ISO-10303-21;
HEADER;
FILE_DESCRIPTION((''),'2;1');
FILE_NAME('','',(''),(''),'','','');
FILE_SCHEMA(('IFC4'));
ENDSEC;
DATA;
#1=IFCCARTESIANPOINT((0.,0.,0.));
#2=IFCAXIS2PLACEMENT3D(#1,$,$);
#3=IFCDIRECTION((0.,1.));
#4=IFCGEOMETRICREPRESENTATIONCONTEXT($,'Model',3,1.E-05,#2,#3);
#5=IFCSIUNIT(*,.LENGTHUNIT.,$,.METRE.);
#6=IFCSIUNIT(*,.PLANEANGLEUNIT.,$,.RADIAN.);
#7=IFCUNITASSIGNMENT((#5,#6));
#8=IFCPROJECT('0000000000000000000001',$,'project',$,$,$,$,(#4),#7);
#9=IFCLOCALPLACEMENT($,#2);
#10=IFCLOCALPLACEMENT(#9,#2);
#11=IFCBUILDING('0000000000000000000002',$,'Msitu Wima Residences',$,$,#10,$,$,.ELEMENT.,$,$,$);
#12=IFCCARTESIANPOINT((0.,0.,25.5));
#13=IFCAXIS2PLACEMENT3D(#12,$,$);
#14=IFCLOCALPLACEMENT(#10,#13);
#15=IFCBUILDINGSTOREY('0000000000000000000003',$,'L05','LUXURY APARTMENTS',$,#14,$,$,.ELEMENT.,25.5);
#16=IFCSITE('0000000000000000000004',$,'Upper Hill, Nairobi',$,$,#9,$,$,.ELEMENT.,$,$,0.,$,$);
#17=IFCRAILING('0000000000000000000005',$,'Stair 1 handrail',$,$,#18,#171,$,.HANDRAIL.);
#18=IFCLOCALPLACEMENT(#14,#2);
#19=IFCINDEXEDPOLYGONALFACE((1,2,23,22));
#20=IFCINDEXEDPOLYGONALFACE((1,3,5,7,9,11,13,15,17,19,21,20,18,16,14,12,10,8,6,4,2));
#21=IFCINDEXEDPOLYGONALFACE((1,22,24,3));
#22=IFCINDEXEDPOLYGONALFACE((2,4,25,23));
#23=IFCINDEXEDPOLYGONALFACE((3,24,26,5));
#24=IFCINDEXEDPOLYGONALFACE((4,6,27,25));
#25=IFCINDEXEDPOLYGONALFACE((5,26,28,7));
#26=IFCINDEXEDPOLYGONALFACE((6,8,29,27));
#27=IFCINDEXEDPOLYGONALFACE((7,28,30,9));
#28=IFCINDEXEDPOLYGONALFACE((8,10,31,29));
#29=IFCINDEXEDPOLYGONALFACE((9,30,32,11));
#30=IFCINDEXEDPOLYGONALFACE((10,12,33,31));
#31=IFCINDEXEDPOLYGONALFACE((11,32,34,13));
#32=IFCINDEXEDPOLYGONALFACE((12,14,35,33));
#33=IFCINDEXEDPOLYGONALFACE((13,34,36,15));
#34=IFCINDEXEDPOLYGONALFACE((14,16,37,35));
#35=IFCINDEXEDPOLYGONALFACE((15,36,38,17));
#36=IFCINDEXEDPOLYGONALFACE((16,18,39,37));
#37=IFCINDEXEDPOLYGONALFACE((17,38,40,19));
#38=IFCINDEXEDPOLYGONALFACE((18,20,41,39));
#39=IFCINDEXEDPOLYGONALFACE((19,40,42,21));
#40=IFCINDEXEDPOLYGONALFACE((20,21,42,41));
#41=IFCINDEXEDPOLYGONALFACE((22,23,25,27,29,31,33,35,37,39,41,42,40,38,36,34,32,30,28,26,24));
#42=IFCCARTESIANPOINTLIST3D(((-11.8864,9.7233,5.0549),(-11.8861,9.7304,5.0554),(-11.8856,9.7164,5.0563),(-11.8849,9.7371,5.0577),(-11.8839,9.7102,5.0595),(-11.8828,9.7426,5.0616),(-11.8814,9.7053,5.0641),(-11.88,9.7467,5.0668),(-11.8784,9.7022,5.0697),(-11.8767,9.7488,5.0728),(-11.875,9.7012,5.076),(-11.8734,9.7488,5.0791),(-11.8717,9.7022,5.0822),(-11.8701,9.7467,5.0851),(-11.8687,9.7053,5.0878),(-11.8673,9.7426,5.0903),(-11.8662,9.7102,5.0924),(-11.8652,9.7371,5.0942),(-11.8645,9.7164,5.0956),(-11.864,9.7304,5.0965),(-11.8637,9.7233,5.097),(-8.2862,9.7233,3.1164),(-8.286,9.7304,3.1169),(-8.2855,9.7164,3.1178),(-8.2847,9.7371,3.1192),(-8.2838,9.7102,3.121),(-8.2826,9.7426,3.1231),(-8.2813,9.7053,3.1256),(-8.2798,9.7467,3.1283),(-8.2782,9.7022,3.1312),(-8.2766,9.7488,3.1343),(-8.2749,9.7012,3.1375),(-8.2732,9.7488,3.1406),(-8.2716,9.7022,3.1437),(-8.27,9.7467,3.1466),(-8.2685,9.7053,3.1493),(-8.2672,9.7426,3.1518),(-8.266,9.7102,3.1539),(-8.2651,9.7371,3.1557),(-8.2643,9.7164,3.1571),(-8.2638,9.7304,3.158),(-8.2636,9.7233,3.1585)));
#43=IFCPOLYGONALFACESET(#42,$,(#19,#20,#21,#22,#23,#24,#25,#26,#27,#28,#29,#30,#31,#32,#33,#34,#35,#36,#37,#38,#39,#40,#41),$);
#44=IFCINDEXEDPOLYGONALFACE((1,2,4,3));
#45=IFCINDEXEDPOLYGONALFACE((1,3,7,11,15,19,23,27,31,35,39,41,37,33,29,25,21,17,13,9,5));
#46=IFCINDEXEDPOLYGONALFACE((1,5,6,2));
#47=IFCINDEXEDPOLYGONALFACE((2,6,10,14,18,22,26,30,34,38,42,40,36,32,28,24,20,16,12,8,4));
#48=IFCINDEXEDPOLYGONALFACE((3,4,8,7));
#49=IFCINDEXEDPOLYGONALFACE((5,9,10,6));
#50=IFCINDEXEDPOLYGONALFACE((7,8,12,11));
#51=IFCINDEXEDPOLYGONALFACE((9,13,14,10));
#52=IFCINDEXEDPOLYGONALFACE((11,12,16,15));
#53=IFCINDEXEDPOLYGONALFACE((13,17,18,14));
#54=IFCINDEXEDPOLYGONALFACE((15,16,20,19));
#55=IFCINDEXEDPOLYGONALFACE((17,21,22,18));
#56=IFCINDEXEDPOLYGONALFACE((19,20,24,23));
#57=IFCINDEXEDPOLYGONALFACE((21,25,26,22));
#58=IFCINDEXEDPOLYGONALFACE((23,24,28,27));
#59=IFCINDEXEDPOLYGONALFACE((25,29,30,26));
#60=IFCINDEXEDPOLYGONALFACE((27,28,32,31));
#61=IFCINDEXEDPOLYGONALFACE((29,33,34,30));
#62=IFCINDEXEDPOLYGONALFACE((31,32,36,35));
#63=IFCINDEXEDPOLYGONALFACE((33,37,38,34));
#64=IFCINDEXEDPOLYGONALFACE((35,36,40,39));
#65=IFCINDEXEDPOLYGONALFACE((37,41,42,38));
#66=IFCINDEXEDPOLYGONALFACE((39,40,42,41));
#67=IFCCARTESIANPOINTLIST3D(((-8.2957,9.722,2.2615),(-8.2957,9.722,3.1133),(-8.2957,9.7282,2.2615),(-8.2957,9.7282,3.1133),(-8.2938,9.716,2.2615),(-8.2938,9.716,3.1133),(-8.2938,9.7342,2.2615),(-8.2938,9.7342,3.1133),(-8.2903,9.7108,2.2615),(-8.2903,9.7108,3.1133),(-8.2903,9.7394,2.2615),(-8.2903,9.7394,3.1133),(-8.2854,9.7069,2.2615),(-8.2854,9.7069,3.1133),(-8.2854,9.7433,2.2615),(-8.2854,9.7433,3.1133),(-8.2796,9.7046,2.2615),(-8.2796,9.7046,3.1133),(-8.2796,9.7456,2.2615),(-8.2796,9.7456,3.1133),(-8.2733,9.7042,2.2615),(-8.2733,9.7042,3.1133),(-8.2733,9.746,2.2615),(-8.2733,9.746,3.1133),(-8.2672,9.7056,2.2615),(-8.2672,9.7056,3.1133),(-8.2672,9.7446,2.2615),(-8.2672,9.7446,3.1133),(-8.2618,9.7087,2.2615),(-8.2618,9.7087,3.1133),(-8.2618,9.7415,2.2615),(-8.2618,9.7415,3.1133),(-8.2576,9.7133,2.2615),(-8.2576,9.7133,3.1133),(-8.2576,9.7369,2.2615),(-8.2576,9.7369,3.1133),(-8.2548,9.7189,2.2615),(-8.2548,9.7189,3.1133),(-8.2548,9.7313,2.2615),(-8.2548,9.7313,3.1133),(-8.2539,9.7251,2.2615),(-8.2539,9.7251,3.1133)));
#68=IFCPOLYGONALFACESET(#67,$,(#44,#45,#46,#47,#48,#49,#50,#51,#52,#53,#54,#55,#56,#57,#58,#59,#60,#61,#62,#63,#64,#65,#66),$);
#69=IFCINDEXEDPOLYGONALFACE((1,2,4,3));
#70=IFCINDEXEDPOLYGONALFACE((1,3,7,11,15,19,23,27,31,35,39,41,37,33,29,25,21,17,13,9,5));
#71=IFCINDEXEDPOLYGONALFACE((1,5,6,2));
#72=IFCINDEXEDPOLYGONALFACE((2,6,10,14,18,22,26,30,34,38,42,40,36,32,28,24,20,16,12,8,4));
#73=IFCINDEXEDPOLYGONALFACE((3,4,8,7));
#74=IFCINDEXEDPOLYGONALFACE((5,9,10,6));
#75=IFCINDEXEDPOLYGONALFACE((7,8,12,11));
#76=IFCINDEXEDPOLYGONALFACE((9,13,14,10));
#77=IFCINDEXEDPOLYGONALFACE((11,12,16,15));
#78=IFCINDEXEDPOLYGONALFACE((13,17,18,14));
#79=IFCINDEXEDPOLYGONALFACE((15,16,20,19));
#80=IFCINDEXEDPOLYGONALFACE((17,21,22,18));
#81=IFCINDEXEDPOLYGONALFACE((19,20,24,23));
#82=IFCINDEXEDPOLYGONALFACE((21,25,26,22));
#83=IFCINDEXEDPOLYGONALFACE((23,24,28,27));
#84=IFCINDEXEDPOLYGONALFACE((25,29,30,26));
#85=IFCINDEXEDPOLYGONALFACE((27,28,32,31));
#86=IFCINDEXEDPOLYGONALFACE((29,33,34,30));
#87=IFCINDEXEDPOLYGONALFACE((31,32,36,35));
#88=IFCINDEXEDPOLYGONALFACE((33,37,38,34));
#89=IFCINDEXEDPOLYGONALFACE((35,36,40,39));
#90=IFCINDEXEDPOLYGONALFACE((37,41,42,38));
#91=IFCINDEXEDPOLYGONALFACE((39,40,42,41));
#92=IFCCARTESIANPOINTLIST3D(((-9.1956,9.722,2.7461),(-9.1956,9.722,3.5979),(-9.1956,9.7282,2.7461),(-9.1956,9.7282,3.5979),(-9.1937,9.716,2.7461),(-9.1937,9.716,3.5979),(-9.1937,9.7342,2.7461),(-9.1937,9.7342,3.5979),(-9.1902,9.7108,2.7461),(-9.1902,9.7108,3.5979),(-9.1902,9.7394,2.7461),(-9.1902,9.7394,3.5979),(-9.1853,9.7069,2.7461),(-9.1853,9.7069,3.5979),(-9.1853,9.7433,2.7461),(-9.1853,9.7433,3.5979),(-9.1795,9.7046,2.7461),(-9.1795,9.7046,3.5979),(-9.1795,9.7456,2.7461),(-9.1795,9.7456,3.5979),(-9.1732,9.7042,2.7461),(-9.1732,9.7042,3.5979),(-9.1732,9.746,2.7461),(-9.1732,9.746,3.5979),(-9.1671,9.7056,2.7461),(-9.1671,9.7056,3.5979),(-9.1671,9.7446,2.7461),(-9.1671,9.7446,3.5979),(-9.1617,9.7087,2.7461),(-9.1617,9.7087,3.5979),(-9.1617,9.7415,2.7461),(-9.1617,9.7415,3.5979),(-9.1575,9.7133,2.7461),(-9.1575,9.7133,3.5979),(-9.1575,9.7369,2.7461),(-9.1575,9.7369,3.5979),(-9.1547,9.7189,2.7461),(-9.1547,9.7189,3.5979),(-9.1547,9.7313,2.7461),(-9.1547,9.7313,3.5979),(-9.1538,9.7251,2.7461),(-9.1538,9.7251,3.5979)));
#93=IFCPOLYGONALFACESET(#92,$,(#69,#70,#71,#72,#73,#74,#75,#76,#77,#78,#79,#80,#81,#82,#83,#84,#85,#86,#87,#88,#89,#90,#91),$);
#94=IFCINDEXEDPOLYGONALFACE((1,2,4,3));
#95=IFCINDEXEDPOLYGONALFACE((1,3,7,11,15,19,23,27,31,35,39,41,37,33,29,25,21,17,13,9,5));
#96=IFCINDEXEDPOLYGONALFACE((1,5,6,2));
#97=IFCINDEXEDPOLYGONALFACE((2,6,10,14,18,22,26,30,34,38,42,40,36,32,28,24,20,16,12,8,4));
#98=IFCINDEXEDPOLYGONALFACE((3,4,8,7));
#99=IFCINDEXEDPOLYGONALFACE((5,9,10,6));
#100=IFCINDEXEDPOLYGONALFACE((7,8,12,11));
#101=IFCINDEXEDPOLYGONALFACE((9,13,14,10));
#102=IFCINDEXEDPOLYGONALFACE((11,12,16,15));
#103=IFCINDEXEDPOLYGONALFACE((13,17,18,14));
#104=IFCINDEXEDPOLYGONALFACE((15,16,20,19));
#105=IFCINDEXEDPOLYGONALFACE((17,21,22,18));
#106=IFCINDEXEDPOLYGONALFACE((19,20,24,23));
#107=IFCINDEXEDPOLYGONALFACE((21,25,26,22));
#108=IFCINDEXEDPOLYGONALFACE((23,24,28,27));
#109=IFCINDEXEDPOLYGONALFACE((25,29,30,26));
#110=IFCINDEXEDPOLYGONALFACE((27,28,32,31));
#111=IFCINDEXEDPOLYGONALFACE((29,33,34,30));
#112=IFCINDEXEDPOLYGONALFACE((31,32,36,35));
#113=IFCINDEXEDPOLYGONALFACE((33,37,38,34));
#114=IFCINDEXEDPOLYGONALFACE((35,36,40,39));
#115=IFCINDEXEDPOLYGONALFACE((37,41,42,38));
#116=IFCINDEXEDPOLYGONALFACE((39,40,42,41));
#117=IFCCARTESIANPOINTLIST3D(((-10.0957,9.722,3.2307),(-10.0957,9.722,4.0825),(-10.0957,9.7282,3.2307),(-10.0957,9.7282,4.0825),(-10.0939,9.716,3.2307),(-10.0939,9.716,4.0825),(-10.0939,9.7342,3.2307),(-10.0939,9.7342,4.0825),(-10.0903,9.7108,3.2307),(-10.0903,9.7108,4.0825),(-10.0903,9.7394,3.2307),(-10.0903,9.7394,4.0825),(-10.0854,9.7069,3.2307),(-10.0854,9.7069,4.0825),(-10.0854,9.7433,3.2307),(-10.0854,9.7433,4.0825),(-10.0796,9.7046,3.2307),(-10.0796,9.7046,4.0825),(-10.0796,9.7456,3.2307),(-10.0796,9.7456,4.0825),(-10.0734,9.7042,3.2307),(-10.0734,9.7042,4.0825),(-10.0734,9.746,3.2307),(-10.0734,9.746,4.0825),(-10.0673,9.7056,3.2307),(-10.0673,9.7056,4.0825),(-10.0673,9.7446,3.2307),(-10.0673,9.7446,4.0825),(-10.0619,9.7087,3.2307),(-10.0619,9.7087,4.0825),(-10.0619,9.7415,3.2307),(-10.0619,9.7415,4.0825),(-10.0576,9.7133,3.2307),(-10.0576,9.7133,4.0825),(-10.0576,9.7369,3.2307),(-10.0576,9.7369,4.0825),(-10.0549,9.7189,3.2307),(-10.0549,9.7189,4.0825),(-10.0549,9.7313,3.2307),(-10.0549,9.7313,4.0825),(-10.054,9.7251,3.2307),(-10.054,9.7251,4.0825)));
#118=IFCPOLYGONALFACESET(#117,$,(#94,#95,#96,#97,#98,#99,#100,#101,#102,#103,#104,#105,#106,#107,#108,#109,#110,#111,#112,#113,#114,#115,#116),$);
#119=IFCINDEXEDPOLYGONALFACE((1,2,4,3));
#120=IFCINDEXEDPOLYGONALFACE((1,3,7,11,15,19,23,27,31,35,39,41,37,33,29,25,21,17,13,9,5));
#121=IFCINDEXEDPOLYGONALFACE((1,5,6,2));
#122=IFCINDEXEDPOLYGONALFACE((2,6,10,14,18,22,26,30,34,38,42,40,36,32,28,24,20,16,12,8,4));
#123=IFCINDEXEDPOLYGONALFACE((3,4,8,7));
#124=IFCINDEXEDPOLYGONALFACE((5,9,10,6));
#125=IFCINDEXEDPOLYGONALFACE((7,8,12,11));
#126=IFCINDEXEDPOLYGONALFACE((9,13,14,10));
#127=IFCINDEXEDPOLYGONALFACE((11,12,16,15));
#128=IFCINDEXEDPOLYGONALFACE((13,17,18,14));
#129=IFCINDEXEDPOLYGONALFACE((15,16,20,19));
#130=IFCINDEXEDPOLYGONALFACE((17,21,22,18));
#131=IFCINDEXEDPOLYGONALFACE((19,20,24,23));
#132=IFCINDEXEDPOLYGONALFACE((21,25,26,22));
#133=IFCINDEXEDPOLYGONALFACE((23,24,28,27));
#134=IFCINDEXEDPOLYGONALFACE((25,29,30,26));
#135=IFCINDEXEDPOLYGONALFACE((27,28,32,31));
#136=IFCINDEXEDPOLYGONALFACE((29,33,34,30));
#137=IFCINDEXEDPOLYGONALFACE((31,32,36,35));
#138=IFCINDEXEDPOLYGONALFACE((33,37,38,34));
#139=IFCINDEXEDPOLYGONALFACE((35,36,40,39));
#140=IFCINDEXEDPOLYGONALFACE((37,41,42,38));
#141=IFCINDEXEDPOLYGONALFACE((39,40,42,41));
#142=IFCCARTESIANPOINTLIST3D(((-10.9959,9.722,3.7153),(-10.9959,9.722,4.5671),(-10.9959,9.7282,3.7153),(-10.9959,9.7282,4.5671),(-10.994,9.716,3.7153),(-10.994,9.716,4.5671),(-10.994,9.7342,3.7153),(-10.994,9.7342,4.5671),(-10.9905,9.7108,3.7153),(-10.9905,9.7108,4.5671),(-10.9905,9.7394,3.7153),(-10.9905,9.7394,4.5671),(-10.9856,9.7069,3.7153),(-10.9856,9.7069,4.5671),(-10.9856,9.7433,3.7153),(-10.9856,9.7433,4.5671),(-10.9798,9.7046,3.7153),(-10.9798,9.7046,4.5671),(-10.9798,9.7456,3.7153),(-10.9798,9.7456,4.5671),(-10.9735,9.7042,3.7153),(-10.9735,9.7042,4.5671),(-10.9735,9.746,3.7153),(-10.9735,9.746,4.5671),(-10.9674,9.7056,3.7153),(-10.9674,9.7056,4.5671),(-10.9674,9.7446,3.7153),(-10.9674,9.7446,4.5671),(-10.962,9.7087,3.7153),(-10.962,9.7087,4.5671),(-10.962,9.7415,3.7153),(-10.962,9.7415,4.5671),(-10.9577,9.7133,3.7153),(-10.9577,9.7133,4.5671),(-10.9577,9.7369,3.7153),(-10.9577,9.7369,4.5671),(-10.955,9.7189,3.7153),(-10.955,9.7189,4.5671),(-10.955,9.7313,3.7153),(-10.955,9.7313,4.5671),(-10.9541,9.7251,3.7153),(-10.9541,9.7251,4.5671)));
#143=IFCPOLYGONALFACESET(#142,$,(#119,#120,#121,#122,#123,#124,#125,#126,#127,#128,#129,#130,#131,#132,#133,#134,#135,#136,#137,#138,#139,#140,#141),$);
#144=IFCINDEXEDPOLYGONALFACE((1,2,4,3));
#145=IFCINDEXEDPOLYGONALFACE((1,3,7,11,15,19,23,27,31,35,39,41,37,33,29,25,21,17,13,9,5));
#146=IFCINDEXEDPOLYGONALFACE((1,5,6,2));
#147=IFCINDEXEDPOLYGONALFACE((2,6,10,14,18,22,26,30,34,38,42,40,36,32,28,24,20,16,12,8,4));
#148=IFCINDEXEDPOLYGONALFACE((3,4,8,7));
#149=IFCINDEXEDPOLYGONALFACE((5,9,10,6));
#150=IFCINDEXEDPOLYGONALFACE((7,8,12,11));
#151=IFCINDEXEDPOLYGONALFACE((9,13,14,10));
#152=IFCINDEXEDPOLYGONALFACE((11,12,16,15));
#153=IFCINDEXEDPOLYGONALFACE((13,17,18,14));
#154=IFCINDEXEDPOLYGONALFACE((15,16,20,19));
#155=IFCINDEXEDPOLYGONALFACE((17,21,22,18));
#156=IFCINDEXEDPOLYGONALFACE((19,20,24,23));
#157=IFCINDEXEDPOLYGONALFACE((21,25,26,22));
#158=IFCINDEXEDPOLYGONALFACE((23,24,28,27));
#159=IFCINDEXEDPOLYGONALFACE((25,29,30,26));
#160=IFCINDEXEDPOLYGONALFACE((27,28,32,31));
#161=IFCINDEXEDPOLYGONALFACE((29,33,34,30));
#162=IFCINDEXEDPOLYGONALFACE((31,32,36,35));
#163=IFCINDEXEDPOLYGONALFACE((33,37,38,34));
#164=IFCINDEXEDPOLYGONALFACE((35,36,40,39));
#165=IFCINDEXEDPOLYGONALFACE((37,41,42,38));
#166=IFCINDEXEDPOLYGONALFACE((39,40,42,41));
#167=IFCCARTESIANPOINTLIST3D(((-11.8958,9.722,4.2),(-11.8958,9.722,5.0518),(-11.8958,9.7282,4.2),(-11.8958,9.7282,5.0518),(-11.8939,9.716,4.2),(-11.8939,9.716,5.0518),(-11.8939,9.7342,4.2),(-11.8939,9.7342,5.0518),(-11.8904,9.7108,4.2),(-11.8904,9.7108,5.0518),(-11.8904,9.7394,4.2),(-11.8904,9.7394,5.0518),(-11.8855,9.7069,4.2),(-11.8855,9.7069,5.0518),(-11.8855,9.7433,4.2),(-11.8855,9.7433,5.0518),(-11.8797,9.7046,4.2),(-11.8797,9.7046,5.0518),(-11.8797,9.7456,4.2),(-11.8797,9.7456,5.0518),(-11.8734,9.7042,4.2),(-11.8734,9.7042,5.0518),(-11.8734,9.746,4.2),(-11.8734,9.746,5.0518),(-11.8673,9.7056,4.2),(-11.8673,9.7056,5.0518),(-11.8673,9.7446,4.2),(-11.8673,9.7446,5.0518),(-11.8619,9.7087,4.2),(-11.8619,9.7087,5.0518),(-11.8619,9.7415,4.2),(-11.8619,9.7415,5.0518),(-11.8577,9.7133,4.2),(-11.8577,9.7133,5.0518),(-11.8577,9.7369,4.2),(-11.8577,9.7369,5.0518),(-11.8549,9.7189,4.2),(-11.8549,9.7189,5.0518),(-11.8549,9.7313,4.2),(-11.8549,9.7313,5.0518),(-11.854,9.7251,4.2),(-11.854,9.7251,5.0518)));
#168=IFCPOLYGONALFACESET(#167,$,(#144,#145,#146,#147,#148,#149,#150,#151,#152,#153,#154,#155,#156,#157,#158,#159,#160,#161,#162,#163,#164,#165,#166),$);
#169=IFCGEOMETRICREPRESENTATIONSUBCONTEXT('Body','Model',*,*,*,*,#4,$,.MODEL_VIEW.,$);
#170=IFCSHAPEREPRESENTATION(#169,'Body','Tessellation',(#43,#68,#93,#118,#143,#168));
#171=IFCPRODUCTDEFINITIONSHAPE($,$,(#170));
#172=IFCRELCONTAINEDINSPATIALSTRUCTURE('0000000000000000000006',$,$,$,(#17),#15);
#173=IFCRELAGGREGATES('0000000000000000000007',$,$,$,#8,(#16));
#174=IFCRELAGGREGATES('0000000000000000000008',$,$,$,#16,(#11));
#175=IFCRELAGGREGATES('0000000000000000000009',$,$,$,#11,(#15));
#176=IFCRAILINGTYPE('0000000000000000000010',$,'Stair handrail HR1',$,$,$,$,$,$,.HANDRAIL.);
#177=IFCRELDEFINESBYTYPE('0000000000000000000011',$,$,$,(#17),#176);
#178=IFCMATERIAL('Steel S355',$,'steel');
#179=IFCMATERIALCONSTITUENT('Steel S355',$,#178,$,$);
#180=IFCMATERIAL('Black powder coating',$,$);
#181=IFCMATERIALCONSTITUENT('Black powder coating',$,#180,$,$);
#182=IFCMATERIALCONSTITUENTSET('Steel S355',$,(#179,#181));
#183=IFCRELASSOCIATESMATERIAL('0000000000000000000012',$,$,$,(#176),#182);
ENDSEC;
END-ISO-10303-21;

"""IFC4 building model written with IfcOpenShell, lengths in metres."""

from ifc_helpers import new_model, si_unit, direction, frame, origin, origin_2d, place, context, subcontext, project, spatial, circle, extrude, material, constituent, constituent_set, type_object, element, save


model = new_model("IFC4")

# Units and contexts
model_context = context("Model", 3, precision=1e-05, world=origin(), true_north=direction((0.0, 1.0)))
body_context = subcontext(model_context, "Body", "Model", "MODEL_VIEW")
ifc_project = project(units=[si_unit("LENGTHUNIT", "METRE"), si_unit("PLANEANGLEUNIT", "RADIAN")], contexts=[model_context])

# Site, building, storey
site_placement = place(None, origin())
site = spatial("IfcSite", under=ifc_project, at=site_placement, Name="Upper Hill, Nairobi", CompositionType="ELEMENT", RefElevation=0.0)
building_placement = place(site_placement, origin())
building = spatial("IfcBuilding", under=site, at=building_placement, Name="Msitu Wima Residences", CompositionType="ELEMENT")
storey_placement = place(building_placement, frame((0.0, 0.0, 25.5)))
storey = spatial("IfcBuildingStorey", under=building, at=storey_placement, Name="L05", Description="LUXURY APARTMENTS", CompositionType="ELEMENT", Elevation=25.5)

# Railing
ifc_material_1 = material(Name="Steel S355", Category="steel")
ifc_constituent_1 = constituent(ifc_material_1, Name="Steel S355")
ifc_material_2 = material(Name="Black powder coating")
ifc_constituent_2 = constituent(ifc_material_2, Name="Black powder coating")
ifc_constituent_set_1 = constituent_set(constituents=[ifc_constituent_1, ifc_constituent_2], Name="Steel S355")
railing_type_1 = type_object("IfcRailingType", Name="Stair handrail HR1", PredefinedType="HANDRAIL", material=ifc_constituent_set_1)
for number, where, name in (
    (1, (-8.2749, 9.7251, 2.2615), "Stair 1 handrail"),
):
    element("IfcRailing", number, at=place(storey_placement, frame(where)), inside=storey, type_object=railing_type_1, Name=name, PredefinedType="HANDRAIL", context=body_context, shape_type="SweptSolid", body=[
        extrude(circle(Radius=0.0239, at=origin_2d()), frame((0.0, 0.0, 0.876), z_axis=(-0.880475, 0.0, 0.474093), x_axis=(0.0, -1.0, 0.0)), (0.0, 0.0, 1.0), 4.0889),
        extrude(circle(Radius=0.021, at=origin_2d()), origin(), (0.0, 0.0, 1.0), 0.8518),
        extrude(circle(Radius=0.021, at=origin_2d()), frame((-0.8999, 0.0, 0.4846)), (0.0, 0.0, 1.0), 0.8518),
        extrude(circle(Radius=0.021, at=origin_2d()), frame((-1.8, 0.0, 0.9692)), (0.0, 0.0, 1.0), 0.8518),
        extrude(circle(Radius=0.021, at=origin_2d()), frame((-2.7002, 0.0, 1.4539)), (0.0, 0.0, 1.0), 0.8518),
        extrude(circle(Radius=0.021, at=origin_2d()), frame((-3.6001, 0.0, 1.9385)), (0.0, 0.0, 1.0), 0.8518),
    ])

save(model, "model.ifc")
